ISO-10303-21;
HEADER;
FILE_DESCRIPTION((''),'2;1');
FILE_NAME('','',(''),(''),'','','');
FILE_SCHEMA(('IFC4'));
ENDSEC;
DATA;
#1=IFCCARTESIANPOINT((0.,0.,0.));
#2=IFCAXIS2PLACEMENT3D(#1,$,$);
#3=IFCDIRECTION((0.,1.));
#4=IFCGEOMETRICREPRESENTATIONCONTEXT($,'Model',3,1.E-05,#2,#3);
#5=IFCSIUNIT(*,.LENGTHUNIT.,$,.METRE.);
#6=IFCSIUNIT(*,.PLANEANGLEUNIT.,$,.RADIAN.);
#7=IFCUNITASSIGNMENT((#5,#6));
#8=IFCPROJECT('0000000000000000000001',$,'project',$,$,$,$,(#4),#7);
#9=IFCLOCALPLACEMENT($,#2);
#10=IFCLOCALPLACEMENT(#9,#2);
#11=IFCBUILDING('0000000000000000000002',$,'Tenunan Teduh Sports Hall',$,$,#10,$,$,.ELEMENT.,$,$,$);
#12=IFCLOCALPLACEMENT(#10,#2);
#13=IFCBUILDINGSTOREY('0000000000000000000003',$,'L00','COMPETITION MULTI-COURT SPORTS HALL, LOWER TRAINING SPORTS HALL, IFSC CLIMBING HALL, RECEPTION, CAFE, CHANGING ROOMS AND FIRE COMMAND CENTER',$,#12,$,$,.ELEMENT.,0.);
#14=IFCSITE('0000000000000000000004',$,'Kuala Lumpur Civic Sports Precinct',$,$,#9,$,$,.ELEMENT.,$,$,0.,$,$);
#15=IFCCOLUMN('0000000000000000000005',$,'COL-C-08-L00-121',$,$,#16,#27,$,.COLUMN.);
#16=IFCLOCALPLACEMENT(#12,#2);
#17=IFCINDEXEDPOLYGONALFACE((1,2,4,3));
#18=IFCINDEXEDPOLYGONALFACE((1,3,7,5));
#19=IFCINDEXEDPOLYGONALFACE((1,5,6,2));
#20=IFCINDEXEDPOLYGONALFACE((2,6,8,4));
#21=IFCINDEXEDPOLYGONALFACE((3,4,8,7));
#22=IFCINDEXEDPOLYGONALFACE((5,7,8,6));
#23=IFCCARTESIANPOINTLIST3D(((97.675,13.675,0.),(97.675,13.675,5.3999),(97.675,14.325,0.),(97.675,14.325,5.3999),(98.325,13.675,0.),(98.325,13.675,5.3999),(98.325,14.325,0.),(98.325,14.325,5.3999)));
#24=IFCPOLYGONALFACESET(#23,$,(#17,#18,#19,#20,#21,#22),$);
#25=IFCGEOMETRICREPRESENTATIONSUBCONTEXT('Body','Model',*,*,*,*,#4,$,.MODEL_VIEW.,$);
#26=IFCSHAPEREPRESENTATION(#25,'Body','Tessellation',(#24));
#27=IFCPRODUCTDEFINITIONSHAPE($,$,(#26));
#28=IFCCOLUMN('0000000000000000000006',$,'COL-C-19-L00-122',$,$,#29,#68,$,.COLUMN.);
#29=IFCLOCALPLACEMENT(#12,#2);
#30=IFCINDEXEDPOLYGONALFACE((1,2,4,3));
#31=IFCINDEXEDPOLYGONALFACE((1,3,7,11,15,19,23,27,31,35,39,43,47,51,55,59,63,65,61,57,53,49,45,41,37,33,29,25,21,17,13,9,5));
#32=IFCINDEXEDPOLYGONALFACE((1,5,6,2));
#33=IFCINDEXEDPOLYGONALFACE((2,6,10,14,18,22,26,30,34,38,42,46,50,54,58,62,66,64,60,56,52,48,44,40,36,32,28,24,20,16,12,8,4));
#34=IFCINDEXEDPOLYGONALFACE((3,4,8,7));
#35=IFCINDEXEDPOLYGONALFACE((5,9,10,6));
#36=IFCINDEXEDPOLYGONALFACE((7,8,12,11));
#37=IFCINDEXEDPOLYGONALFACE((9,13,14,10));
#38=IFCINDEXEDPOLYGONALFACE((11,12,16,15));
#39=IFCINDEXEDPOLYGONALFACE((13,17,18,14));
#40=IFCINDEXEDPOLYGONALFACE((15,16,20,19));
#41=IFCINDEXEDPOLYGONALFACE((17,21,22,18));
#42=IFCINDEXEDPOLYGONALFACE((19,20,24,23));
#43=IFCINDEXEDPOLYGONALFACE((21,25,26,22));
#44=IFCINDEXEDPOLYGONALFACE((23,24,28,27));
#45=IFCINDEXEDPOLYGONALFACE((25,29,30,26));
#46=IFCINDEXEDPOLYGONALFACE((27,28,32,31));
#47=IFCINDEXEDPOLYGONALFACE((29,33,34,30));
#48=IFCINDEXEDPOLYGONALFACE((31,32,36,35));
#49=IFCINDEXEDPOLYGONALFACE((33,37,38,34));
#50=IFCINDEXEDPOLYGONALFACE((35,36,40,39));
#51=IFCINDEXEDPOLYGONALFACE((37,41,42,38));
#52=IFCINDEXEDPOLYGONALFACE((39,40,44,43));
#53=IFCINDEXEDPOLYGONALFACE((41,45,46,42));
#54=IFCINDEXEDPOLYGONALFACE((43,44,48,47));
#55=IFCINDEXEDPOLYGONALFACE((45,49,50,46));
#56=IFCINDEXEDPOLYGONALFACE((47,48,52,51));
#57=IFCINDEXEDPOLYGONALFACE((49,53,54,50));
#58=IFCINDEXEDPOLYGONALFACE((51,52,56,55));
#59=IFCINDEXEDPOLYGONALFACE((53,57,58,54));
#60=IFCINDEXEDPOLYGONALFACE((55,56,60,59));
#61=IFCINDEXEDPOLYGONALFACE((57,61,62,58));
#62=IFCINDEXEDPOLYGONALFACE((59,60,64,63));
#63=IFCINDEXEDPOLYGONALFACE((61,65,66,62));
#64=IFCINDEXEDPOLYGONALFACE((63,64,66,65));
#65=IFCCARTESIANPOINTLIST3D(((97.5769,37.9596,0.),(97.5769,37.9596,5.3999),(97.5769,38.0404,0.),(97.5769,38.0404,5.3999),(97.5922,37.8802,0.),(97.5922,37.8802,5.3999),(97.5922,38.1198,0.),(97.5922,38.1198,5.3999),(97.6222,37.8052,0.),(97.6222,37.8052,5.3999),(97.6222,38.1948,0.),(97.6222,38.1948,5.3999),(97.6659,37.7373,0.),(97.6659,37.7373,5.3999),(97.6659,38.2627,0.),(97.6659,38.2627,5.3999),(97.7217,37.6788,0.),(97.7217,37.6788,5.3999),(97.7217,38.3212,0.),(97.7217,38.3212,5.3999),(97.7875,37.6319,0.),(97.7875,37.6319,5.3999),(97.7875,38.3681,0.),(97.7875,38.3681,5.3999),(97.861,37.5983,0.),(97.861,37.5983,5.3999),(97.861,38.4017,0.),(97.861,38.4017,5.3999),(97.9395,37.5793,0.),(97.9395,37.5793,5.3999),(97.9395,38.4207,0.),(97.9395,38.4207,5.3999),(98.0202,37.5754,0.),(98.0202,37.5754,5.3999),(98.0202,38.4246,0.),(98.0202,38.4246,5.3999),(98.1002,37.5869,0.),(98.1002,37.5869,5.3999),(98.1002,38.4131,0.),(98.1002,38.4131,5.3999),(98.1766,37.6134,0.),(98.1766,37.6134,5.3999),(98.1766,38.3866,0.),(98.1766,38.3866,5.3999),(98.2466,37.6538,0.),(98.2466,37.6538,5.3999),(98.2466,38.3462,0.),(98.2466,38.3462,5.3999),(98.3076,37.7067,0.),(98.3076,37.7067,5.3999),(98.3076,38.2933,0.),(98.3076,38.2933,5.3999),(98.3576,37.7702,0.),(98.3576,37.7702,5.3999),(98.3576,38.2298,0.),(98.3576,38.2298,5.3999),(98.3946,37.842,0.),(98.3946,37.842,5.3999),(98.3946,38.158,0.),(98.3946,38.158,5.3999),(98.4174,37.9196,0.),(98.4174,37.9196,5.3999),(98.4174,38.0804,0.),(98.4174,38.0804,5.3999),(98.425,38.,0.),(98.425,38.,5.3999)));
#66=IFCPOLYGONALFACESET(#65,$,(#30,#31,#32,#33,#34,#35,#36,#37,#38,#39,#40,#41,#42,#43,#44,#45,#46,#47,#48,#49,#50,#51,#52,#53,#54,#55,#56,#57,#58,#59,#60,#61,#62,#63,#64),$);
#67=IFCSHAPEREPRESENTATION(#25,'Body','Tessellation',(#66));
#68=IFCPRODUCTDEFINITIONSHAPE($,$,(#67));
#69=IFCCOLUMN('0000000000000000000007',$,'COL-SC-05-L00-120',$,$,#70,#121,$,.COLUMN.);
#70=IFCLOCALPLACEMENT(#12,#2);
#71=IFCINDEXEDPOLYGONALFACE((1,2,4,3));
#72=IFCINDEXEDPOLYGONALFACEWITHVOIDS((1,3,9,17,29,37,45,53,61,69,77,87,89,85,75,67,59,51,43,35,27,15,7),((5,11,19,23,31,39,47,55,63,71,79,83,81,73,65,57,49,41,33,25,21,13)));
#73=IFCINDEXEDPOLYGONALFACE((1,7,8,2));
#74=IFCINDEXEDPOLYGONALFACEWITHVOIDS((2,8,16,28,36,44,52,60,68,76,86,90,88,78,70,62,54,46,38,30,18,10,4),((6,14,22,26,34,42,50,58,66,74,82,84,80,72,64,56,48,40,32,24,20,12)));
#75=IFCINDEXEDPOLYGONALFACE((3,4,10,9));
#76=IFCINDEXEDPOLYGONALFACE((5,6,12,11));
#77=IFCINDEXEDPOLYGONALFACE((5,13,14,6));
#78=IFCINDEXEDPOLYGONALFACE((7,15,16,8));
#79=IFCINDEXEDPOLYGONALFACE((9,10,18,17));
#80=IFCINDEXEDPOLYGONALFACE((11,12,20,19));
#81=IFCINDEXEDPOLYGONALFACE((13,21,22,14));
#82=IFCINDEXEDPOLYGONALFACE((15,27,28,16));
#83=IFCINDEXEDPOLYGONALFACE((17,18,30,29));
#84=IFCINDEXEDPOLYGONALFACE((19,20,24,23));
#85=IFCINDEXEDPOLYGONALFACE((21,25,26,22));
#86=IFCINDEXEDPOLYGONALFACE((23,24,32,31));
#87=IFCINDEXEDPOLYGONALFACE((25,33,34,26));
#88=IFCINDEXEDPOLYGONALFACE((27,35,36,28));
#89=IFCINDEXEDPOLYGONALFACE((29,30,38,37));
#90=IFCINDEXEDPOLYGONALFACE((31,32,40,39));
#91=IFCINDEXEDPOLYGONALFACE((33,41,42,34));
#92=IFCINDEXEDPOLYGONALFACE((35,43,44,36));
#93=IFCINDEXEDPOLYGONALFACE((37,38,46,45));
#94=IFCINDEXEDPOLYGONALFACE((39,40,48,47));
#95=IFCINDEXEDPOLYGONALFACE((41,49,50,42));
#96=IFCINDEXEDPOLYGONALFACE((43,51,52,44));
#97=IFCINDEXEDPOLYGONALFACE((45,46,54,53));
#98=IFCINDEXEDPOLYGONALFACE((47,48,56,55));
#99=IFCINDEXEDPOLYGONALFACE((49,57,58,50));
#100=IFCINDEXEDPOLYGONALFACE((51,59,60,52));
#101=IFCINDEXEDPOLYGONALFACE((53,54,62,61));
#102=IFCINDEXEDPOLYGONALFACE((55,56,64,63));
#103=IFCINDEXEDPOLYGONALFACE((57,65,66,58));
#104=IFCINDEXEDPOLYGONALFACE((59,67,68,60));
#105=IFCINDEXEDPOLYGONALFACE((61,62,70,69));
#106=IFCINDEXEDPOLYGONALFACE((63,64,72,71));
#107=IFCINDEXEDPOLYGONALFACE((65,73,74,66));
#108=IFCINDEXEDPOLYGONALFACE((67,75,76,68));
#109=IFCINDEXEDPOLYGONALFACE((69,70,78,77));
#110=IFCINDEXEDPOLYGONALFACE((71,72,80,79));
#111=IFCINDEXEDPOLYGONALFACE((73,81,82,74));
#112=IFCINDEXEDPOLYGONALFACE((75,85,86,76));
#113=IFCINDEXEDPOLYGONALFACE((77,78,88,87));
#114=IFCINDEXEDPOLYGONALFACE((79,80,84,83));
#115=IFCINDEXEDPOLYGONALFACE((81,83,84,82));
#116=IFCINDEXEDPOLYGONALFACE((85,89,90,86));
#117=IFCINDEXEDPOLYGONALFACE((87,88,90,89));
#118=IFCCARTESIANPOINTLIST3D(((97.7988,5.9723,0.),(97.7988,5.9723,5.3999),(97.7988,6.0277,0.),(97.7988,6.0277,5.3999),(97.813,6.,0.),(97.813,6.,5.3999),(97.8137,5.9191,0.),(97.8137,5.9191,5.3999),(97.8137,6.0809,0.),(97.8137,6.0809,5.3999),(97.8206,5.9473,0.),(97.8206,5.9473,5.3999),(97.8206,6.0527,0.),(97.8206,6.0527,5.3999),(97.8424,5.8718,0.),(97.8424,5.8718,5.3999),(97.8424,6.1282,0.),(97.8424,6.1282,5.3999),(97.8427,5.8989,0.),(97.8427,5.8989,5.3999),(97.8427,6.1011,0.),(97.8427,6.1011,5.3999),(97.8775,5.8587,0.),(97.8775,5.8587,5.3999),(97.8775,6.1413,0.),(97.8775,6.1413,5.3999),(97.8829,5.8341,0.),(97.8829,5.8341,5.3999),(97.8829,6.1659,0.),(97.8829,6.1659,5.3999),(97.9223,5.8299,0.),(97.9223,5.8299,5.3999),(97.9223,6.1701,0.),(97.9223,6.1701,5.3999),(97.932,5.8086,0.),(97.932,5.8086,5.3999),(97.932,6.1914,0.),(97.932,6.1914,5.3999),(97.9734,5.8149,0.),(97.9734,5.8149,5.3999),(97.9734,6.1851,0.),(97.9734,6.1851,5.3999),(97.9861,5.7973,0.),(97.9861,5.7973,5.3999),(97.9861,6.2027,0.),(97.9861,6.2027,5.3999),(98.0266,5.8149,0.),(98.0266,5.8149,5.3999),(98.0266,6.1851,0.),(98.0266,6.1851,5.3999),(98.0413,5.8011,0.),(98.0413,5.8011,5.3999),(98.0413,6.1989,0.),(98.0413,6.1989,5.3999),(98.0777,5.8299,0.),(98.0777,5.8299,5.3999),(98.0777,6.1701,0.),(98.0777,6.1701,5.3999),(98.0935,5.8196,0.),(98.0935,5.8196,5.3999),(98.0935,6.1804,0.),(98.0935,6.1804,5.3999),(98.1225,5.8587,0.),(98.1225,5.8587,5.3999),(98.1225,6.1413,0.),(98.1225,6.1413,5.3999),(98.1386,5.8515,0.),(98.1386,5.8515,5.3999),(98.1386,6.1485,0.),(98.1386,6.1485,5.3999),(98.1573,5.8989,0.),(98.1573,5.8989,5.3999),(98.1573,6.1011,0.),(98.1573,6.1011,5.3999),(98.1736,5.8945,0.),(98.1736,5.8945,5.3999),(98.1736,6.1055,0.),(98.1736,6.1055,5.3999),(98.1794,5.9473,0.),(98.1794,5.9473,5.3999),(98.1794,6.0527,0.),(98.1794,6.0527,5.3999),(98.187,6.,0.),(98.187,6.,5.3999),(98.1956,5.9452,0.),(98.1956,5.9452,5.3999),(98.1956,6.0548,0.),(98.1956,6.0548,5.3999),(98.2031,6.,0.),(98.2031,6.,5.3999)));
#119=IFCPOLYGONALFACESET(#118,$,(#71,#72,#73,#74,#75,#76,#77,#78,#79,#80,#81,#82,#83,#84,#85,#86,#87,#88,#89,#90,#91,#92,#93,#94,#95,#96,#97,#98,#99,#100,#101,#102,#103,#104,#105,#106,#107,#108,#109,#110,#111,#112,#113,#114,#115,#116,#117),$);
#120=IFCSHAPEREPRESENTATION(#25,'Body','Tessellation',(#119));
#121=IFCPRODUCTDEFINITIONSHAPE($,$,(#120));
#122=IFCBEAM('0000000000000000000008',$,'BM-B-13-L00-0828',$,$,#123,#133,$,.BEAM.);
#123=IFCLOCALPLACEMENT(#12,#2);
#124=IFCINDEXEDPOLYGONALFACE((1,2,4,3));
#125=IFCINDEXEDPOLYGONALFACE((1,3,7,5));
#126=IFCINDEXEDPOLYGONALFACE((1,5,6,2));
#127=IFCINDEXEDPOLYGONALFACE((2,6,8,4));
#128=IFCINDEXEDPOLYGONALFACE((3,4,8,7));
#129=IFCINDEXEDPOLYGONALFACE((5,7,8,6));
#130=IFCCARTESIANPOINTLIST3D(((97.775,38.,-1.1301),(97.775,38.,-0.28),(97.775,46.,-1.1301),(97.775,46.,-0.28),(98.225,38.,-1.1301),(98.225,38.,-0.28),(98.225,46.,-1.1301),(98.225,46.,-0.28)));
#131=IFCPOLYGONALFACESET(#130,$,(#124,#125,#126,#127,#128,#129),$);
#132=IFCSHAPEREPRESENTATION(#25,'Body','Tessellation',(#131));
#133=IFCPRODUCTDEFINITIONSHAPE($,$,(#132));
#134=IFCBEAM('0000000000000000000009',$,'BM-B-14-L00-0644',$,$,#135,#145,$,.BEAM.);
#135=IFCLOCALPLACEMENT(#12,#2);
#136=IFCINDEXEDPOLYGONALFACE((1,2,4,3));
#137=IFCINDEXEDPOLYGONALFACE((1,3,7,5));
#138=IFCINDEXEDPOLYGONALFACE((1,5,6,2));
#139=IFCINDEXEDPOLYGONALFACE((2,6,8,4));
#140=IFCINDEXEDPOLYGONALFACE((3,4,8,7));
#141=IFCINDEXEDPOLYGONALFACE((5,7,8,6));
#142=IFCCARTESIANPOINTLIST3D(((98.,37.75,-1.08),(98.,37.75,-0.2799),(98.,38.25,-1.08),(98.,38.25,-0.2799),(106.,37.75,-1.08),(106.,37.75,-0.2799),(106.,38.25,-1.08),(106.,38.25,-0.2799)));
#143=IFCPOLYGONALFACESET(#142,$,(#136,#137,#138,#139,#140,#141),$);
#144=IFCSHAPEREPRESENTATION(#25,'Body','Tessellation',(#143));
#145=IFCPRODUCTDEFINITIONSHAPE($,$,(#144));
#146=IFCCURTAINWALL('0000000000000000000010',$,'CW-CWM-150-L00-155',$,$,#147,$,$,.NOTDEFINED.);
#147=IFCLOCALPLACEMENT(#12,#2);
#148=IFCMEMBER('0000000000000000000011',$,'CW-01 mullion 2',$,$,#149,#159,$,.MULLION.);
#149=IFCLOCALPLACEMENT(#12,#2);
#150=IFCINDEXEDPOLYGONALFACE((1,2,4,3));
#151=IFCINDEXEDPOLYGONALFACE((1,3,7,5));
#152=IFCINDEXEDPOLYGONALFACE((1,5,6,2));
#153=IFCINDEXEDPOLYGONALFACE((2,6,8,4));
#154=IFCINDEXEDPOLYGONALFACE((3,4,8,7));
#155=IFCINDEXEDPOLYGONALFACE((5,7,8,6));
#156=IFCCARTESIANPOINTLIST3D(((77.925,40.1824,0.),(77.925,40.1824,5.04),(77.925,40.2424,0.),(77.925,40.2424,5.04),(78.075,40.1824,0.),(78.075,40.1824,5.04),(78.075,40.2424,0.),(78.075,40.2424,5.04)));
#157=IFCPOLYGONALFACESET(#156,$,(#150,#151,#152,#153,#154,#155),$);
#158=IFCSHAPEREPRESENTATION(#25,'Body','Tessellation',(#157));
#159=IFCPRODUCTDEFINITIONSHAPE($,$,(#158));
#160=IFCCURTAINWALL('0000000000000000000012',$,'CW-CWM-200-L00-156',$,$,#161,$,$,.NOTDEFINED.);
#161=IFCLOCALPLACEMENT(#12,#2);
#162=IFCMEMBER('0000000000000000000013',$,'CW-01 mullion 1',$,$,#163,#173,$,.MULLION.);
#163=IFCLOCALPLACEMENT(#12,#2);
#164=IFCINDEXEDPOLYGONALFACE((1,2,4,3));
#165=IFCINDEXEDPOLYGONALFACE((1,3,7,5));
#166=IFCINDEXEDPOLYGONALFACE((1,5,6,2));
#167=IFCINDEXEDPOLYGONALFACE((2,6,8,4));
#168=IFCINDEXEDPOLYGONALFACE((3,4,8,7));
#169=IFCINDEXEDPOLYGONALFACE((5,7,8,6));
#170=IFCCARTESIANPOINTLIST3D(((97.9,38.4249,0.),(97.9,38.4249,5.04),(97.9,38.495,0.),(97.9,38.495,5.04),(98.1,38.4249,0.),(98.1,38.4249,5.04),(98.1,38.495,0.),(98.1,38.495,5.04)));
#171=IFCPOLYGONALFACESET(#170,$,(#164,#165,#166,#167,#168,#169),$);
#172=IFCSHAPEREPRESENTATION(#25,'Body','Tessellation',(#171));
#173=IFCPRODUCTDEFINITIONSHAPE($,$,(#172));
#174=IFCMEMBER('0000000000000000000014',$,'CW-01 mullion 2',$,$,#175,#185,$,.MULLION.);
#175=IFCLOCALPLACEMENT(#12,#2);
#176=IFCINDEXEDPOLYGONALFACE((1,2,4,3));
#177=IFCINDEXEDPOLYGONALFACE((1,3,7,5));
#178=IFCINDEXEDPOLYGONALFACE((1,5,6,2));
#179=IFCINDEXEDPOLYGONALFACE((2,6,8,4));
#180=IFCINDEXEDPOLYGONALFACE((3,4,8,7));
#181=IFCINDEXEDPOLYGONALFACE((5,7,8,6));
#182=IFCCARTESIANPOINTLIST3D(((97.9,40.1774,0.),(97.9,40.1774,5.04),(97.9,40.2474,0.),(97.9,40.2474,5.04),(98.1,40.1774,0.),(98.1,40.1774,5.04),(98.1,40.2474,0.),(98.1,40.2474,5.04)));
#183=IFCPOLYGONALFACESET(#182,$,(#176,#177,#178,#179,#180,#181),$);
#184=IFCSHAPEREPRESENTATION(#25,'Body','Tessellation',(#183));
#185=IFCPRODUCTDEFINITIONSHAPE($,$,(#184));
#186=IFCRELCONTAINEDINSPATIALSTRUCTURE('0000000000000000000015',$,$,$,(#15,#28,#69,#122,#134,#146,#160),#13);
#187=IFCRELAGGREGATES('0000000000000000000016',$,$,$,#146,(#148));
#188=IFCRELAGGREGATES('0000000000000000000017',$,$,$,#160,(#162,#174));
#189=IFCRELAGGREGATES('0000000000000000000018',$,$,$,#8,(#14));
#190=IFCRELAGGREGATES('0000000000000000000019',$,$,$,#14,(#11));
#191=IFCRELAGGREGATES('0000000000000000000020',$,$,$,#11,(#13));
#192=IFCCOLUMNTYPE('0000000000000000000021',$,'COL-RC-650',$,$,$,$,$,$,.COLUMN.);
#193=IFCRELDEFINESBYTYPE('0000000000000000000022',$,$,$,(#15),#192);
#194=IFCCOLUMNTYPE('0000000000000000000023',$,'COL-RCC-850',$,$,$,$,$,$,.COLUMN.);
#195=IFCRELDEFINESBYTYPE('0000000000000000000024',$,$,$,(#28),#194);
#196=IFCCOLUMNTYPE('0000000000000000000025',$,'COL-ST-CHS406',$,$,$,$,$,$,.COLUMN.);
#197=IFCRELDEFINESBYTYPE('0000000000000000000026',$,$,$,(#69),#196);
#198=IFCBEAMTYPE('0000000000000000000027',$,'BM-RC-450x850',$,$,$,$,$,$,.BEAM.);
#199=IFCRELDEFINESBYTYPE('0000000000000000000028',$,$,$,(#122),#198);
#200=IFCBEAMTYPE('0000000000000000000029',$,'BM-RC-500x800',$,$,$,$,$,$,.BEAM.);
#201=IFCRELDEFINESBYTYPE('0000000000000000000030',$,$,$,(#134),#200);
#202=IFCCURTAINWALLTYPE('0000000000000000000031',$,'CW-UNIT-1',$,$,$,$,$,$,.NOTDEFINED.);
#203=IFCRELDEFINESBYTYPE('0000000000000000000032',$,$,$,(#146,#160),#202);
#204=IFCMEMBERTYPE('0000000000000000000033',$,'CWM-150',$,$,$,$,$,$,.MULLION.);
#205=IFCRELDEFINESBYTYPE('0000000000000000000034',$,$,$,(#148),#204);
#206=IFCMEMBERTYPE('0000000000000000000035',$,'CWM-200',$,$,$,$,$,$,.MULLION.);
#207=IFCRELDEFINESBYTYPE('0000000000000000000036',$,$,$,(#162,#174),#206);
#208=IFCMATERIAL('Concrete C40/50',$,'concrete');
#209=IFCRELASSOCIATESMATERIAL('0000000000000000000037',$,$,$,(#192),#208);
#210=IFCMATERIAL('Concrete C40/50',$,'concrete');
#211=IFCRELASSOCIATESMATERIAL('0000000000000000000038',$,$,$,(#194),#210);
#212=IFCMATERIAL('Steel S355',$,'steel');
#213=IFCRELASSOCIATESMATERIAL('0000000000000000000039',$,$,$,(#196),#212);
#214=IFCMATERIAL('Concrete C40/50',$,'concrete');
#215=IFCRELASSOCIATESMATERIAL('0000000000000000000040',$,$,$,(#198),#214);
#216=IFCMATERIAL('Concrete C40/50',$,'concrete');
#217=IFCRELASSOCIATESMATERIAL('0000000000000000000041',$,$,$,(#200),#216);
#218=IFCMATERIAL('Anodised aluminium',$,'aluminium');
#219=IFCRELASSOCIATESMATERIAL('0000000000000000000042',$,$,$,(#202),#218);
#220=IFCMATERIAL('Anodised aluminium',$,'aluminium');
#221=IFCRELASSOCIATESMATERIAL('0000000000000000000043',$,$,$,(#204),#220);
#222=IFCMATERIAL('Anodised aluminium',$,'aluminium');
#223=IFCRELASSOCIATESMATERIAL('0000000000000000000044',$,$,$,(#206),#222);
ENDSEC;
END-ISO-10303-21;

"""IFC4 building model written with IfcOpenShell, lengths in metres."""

from ifc_helpers import new_model, si_unit, direction, frame, origin, origin_2d, place, context, subcontext, project, spatial, rectangle, circle, hollow_circle, extrude, material, material_profile, profile_set, type_object, element, aggregate, save


model = new_model("IFC4")

# Units and contexts
model_context = context("Model", 3, precision=1e-05, world=origin(), true_north=direction((0.0, 1.0)))
body_context = subcontext(model_context, "Body", "Model", "MODEL_VIEW")
ifc_project = project(units=[si_unit("LENGTHUNIT", "METRE"), si_unit("PLANEANGLEUNIT", "RADIAN")], contexts=[model_context])

# Site, building, storey
site_placement = place(None, origin())
site = spatial("IfcSite", under=ifc_project, at=site_placement, Name="Kuala Lumpur Civic Sports Precinct", CompositionType="ELEMENT", RefElevation=0.0)
building_placement = place(site_placement, origin())
building = spatial("IfcBuilding", under=site, at=building_placement, Name="Tenunan Teduh Sports Hall", CompositionType="ELEMENT")
storey_placement = place(building_placement, origin())
storey = spatial("IfcBuildingStorey", under=building, at=storey_placement, Name="L00", Description="COMPETITION MULTI-COURT SPORTS HALL, LOWER TRAINING SPORTS HALL, IFSC CLIMBING HALL, RECEPTION, CAFE, CHANGING ROOMS AND FIRE COMMAND CENTER", CompositionType="ELEMENT", Elevation=0.0)

# Columns
ifc_material_1 = material(Name="Concrete C40/50", Category="concrete")
ifc_material_profile_1 = material_profile(ifc_material_1, rectangle(XDim=0.6499, YDim=0.6499, at=origin_2d()), Name="RC 650x650")
ifc_profile_set_1 = profile_set([ifc_material_profile_1], Name="Concrete C40/50")
column_type_1 = type_object("IfcColumnType", Name="COL-RC-650", PredefinedType="COLUMN", material=ifc_profile_set_1)
column_1_placement = place(storey_placement, frame((98.0, 14.0, 0.0), z_axis=(0.0, 0.0, 1.0), x_axis=(1.0, 0.0, 0.0)))
element("IfcColumn", 1, at=column_1_placement, inside=storey, type_object=column_type_1, Name="COL-C-08-L00-121", PredefinedType="COLUMN", context=body_context, shape_type="SweptSolid", body=[
    extrude(rectangle(XDim=0.6499, YDim=0.6499, at=origin_2d()), origin(), (0.0, 0.0, 1.0), 5.3999),
])
ifc_material_2 = material(Name="Concrete C40/50", Category="concrete")
ifc_material_profile_2 = material_profile(ifc_material_2, circle(Radius=0.425, at=origin_2d()), Name="RCC D850")
ifc_profile_set_2 = profile_set([ifc_material_profile_2], Name="Concrete C40/50")
column_type_2 = type_object("IfcColumnType", Name="COL-RCC-850", PredefinedType="COLUMN", material=ifc_profile_set_2)
column_2_placement = place(storey_placement, frame((98.0, 38.0, 0.0), z_axis=(0.0, 0.0, 1.0), x_axis=(1.0, 0.0, 0.0)))
element("IfcColumn", 2, at=column_2_placement, inside=storey, type_object=column_type_2, Name="COL-C-19-L00-122", PredefinedType="COLUMN", context=body_context, shape_type="SweptSolid", body=[
    extrude(circle(Radius=0.425, at=origin_2d()), origin(), (0.0, 0.0, 1.0), 5.3999),
])
ifc_material_3 = material(Name="Steel S355", Category="steel")
ifc_material_profile_3 = material_profile(ifc_material_3, hollow_circle(Radius=0.2031, WallThickness=0.0161, at=origin_2d()), Name="CHS 406.4x16.0")
ifc_profile_set_3 = profile_set([ifc_material_profile_3], Name="Steel S355")
column_type_3 = type_object("IfcColumnType", Name="COL-ST-CHS406", PredefinedType="COLUMN", material=ifc_profile_set_3)
column_3_placement = place(storey_placement, frame((98.0, 6.0, 0.0), z_axis=(0.0, 0.0, 1.0), x_axis=(1.0, 0.0, 0.0)))
element("IfcColumn", 3, at=column_3_placement, inside=storey, type_object=column_type_3, Name="COL-SC-05-L00-120", PredefinedType="COLUMN", context=body_context, shape_type="SweptSolid", body=[
    extrude(hollow_circle(Radius=0.2031, WallThickness=0.0161, at=origin_2d()), origin(), (0.0, 0.0, 1.0), 5.3999),
])

# Beams
ifc_material_4 = material(Name="Concrete C40/50", Category="concrete")
ifc_material_profile_4 = material_profile(ifc_material_4, rectangle(XDim=0.45, YDim=0.8501, at=origin_2d()), Name="RCB 450x850")
ifc_profile_set_4 = profile_set([ifc_material_profile_4], Name="Concrete C40/50")
beam_type_1 = type_object("IfcBeamType", Name="BM-RC-450x850", PredefinedType="BEAM", material=ifc_profile_set_4)
beam_1_placement = place(storey_placement, frame((98.0, 38.0, -0.7051), z_axis=(0.0, 1.0, 0.0), x_axis=(-1.0, 0.0, 0.0)))
element("IfcBeam", 4, at=beam_1_placement, inside=storey, type_object=beam_type_1, Name="BM-B-13-L00-0828", PredefinedType="BEAM", context=body_context, shape_type="SweptSolid", body=[
    extrude(rectangle(XDim=0.45, YDim=0.8501, at=origin_2d()), origin(), (0.0, 0.0, 1.0), 8.0),
])
ifc_material_5 = material(Name="Concrete C40/50", Category="concrete")
ifc_material_profile_5 = material_profile(ifc_material_5, rectangle(XDim=0.5, YDim=0.8, at=origin_2d()), Name="RCB 500x800")
ifc_profile_set_5 = profile_set([ifc_material_profile_5], Name="Concrete C40/50")
beam_type_2 = type_object("IfcBeamType", Name="BM-RC-500x800", PredefinedType="BEAM", material=ifc_profile_set_5)
beam_2_placement = place(storey_placement, frame((98.0, 38.0, -0.6799), z_axis=(1.0, 0.0, 0.0), x_axis=(0.0, 1.0, 0.0)))
element("IfcBeam", 5, at=beam_2_placement, inside=storey, type_object=beam_type_2, Name="BM-B-14-L00-0644", PredefinedType="BEAM", context=body_context, shape_type="SweptSolid", body=[
    extrude(rectangle(XDim=0.5, YDim=0.8, at=origin_2d()), origin(), (0.0, 0.0, 1.0), 8.0),
])

# Curtain wall, member
ifc_material_6 = material(Name="Anodised aluminium", Category="aluminium")
curtain_wall_type = type_object("IfcCurtainWallType", Name="CW-UNIT-1", PredefinedType="NOTDEFINED", material=ifc_material_6)
curtain_wall_1_placement = place(storey_placement, origin())
curtain_wall_1 = element("IfcCurtainWall", 6, at=curtain_wall_1_placement, inside=storey, type_object=curtain_wall_type, Name="CW-CWM-150-L00-155", PredefinedType="NOTDEFINED")
ifc_material_7 = material(Name="Anodised aluminium", Category="aluminium")
ifc_material_profile_6 = material_profile(ifc_material_7, rectangle(XDim=0.0601, YDim=0.1499, at=origin_2d()), Name="CWM 60x150")
ifc_profile_set_6 = profile_set([ifc_material_profile_6], Name="Anodised aluminium")
member_type_1 = type_object("IfcMemberType", Name="CWM-150", PredefinedType="MULLION", material=ifc_profile_set_6)
member_1_placement = place(storey_placement, frame((78.0, 40.2124, 0.0), z_axis=(0.0, 0.0, 1.0), x_axis=(0.0, 1.0, 0.0)))
member_1 = element("IfcMember", 7, at=member_1_placement, type_object=member_type_1, Name="CW-01 mullion 2", PredefinedType="MULLION", context=body_context, shape_type="SweptSolid", body=[
    extrude(rectangle(XDim=0.0601, YDim=0.1499, at=origin_2d()), origin(), (0.0, 0.0, 1.0), 5.04),
])

# Curtain wall, members
curtain_wall_2_placement = place(storey_placement, origin())
curtain_wall_2 = element("IfcCurtainWall", 8, at=curtain_wall_2_placement, inside=storey, type_object=curtain_wall_type, Name="CW-CWM-200-L00-156", PredefinedType="NOTDEFINED")
ifc_material_8 = material(Name="Anodised aluminium", Category="aluminium")
ifc_material_profile_7 = material_profile(ifc_material_8, rectangle(XDim=0.0701, YDim=0.2, at=origin_2d()), Name="CWM 70x200")
ifc_profile_set_7 = profile_set([ifc_material_profile_7], Name="Anodised aluminium")
member_type_2 = type_object("IfcMemberType", Name="CWM-200", PredefinedType="MULLION", material=ifc_profile_set_7)
member_2_placement = place(storey_placement, frame((98.0, 38.46, 0.0), z_axis=(0.0, 0.0, 1.0), x_axis=(0.0, 1.0, 0.0)))
member_2 = element("IfcMember", 9, at=member_2_placement, type_object=member_type_2, Name="CW-01 mullion 1", PredefinedType="MULLION", context=body_context, shape_type="SweptSolid", body=[
    extrude(rectangle(XDim=0.0701, YDim=0.2, at=origin_2d()), origin(), (0.0, 0.0, 1.0), 5.04),
])
member_3_placement = place(storey_placement, frame((98.0, 40.2124, 0.0), z_axis=(0.0, 0.0, 1.0), x_axis=(0.0, 1.0, 0.0)))
member_3 = element("IfcMember", 10, at=member_3_placement, type_object=member_type_2, Name="CW-01 mullion 2", PredefinedType="MULLION", context=body_context, shape_type="SweptSolid", body=[
    extrude(rectangle(XDim=0.0701, YDim=0.2, at=origin_2d()), origin(), (0.0, 0.0, 1.0), 5.04),
])

aggregate(curtain_wall_1, [member_1])
aggregate(curtain_wall_2, [member_2, member_3])

save(model, "model.ifc")
